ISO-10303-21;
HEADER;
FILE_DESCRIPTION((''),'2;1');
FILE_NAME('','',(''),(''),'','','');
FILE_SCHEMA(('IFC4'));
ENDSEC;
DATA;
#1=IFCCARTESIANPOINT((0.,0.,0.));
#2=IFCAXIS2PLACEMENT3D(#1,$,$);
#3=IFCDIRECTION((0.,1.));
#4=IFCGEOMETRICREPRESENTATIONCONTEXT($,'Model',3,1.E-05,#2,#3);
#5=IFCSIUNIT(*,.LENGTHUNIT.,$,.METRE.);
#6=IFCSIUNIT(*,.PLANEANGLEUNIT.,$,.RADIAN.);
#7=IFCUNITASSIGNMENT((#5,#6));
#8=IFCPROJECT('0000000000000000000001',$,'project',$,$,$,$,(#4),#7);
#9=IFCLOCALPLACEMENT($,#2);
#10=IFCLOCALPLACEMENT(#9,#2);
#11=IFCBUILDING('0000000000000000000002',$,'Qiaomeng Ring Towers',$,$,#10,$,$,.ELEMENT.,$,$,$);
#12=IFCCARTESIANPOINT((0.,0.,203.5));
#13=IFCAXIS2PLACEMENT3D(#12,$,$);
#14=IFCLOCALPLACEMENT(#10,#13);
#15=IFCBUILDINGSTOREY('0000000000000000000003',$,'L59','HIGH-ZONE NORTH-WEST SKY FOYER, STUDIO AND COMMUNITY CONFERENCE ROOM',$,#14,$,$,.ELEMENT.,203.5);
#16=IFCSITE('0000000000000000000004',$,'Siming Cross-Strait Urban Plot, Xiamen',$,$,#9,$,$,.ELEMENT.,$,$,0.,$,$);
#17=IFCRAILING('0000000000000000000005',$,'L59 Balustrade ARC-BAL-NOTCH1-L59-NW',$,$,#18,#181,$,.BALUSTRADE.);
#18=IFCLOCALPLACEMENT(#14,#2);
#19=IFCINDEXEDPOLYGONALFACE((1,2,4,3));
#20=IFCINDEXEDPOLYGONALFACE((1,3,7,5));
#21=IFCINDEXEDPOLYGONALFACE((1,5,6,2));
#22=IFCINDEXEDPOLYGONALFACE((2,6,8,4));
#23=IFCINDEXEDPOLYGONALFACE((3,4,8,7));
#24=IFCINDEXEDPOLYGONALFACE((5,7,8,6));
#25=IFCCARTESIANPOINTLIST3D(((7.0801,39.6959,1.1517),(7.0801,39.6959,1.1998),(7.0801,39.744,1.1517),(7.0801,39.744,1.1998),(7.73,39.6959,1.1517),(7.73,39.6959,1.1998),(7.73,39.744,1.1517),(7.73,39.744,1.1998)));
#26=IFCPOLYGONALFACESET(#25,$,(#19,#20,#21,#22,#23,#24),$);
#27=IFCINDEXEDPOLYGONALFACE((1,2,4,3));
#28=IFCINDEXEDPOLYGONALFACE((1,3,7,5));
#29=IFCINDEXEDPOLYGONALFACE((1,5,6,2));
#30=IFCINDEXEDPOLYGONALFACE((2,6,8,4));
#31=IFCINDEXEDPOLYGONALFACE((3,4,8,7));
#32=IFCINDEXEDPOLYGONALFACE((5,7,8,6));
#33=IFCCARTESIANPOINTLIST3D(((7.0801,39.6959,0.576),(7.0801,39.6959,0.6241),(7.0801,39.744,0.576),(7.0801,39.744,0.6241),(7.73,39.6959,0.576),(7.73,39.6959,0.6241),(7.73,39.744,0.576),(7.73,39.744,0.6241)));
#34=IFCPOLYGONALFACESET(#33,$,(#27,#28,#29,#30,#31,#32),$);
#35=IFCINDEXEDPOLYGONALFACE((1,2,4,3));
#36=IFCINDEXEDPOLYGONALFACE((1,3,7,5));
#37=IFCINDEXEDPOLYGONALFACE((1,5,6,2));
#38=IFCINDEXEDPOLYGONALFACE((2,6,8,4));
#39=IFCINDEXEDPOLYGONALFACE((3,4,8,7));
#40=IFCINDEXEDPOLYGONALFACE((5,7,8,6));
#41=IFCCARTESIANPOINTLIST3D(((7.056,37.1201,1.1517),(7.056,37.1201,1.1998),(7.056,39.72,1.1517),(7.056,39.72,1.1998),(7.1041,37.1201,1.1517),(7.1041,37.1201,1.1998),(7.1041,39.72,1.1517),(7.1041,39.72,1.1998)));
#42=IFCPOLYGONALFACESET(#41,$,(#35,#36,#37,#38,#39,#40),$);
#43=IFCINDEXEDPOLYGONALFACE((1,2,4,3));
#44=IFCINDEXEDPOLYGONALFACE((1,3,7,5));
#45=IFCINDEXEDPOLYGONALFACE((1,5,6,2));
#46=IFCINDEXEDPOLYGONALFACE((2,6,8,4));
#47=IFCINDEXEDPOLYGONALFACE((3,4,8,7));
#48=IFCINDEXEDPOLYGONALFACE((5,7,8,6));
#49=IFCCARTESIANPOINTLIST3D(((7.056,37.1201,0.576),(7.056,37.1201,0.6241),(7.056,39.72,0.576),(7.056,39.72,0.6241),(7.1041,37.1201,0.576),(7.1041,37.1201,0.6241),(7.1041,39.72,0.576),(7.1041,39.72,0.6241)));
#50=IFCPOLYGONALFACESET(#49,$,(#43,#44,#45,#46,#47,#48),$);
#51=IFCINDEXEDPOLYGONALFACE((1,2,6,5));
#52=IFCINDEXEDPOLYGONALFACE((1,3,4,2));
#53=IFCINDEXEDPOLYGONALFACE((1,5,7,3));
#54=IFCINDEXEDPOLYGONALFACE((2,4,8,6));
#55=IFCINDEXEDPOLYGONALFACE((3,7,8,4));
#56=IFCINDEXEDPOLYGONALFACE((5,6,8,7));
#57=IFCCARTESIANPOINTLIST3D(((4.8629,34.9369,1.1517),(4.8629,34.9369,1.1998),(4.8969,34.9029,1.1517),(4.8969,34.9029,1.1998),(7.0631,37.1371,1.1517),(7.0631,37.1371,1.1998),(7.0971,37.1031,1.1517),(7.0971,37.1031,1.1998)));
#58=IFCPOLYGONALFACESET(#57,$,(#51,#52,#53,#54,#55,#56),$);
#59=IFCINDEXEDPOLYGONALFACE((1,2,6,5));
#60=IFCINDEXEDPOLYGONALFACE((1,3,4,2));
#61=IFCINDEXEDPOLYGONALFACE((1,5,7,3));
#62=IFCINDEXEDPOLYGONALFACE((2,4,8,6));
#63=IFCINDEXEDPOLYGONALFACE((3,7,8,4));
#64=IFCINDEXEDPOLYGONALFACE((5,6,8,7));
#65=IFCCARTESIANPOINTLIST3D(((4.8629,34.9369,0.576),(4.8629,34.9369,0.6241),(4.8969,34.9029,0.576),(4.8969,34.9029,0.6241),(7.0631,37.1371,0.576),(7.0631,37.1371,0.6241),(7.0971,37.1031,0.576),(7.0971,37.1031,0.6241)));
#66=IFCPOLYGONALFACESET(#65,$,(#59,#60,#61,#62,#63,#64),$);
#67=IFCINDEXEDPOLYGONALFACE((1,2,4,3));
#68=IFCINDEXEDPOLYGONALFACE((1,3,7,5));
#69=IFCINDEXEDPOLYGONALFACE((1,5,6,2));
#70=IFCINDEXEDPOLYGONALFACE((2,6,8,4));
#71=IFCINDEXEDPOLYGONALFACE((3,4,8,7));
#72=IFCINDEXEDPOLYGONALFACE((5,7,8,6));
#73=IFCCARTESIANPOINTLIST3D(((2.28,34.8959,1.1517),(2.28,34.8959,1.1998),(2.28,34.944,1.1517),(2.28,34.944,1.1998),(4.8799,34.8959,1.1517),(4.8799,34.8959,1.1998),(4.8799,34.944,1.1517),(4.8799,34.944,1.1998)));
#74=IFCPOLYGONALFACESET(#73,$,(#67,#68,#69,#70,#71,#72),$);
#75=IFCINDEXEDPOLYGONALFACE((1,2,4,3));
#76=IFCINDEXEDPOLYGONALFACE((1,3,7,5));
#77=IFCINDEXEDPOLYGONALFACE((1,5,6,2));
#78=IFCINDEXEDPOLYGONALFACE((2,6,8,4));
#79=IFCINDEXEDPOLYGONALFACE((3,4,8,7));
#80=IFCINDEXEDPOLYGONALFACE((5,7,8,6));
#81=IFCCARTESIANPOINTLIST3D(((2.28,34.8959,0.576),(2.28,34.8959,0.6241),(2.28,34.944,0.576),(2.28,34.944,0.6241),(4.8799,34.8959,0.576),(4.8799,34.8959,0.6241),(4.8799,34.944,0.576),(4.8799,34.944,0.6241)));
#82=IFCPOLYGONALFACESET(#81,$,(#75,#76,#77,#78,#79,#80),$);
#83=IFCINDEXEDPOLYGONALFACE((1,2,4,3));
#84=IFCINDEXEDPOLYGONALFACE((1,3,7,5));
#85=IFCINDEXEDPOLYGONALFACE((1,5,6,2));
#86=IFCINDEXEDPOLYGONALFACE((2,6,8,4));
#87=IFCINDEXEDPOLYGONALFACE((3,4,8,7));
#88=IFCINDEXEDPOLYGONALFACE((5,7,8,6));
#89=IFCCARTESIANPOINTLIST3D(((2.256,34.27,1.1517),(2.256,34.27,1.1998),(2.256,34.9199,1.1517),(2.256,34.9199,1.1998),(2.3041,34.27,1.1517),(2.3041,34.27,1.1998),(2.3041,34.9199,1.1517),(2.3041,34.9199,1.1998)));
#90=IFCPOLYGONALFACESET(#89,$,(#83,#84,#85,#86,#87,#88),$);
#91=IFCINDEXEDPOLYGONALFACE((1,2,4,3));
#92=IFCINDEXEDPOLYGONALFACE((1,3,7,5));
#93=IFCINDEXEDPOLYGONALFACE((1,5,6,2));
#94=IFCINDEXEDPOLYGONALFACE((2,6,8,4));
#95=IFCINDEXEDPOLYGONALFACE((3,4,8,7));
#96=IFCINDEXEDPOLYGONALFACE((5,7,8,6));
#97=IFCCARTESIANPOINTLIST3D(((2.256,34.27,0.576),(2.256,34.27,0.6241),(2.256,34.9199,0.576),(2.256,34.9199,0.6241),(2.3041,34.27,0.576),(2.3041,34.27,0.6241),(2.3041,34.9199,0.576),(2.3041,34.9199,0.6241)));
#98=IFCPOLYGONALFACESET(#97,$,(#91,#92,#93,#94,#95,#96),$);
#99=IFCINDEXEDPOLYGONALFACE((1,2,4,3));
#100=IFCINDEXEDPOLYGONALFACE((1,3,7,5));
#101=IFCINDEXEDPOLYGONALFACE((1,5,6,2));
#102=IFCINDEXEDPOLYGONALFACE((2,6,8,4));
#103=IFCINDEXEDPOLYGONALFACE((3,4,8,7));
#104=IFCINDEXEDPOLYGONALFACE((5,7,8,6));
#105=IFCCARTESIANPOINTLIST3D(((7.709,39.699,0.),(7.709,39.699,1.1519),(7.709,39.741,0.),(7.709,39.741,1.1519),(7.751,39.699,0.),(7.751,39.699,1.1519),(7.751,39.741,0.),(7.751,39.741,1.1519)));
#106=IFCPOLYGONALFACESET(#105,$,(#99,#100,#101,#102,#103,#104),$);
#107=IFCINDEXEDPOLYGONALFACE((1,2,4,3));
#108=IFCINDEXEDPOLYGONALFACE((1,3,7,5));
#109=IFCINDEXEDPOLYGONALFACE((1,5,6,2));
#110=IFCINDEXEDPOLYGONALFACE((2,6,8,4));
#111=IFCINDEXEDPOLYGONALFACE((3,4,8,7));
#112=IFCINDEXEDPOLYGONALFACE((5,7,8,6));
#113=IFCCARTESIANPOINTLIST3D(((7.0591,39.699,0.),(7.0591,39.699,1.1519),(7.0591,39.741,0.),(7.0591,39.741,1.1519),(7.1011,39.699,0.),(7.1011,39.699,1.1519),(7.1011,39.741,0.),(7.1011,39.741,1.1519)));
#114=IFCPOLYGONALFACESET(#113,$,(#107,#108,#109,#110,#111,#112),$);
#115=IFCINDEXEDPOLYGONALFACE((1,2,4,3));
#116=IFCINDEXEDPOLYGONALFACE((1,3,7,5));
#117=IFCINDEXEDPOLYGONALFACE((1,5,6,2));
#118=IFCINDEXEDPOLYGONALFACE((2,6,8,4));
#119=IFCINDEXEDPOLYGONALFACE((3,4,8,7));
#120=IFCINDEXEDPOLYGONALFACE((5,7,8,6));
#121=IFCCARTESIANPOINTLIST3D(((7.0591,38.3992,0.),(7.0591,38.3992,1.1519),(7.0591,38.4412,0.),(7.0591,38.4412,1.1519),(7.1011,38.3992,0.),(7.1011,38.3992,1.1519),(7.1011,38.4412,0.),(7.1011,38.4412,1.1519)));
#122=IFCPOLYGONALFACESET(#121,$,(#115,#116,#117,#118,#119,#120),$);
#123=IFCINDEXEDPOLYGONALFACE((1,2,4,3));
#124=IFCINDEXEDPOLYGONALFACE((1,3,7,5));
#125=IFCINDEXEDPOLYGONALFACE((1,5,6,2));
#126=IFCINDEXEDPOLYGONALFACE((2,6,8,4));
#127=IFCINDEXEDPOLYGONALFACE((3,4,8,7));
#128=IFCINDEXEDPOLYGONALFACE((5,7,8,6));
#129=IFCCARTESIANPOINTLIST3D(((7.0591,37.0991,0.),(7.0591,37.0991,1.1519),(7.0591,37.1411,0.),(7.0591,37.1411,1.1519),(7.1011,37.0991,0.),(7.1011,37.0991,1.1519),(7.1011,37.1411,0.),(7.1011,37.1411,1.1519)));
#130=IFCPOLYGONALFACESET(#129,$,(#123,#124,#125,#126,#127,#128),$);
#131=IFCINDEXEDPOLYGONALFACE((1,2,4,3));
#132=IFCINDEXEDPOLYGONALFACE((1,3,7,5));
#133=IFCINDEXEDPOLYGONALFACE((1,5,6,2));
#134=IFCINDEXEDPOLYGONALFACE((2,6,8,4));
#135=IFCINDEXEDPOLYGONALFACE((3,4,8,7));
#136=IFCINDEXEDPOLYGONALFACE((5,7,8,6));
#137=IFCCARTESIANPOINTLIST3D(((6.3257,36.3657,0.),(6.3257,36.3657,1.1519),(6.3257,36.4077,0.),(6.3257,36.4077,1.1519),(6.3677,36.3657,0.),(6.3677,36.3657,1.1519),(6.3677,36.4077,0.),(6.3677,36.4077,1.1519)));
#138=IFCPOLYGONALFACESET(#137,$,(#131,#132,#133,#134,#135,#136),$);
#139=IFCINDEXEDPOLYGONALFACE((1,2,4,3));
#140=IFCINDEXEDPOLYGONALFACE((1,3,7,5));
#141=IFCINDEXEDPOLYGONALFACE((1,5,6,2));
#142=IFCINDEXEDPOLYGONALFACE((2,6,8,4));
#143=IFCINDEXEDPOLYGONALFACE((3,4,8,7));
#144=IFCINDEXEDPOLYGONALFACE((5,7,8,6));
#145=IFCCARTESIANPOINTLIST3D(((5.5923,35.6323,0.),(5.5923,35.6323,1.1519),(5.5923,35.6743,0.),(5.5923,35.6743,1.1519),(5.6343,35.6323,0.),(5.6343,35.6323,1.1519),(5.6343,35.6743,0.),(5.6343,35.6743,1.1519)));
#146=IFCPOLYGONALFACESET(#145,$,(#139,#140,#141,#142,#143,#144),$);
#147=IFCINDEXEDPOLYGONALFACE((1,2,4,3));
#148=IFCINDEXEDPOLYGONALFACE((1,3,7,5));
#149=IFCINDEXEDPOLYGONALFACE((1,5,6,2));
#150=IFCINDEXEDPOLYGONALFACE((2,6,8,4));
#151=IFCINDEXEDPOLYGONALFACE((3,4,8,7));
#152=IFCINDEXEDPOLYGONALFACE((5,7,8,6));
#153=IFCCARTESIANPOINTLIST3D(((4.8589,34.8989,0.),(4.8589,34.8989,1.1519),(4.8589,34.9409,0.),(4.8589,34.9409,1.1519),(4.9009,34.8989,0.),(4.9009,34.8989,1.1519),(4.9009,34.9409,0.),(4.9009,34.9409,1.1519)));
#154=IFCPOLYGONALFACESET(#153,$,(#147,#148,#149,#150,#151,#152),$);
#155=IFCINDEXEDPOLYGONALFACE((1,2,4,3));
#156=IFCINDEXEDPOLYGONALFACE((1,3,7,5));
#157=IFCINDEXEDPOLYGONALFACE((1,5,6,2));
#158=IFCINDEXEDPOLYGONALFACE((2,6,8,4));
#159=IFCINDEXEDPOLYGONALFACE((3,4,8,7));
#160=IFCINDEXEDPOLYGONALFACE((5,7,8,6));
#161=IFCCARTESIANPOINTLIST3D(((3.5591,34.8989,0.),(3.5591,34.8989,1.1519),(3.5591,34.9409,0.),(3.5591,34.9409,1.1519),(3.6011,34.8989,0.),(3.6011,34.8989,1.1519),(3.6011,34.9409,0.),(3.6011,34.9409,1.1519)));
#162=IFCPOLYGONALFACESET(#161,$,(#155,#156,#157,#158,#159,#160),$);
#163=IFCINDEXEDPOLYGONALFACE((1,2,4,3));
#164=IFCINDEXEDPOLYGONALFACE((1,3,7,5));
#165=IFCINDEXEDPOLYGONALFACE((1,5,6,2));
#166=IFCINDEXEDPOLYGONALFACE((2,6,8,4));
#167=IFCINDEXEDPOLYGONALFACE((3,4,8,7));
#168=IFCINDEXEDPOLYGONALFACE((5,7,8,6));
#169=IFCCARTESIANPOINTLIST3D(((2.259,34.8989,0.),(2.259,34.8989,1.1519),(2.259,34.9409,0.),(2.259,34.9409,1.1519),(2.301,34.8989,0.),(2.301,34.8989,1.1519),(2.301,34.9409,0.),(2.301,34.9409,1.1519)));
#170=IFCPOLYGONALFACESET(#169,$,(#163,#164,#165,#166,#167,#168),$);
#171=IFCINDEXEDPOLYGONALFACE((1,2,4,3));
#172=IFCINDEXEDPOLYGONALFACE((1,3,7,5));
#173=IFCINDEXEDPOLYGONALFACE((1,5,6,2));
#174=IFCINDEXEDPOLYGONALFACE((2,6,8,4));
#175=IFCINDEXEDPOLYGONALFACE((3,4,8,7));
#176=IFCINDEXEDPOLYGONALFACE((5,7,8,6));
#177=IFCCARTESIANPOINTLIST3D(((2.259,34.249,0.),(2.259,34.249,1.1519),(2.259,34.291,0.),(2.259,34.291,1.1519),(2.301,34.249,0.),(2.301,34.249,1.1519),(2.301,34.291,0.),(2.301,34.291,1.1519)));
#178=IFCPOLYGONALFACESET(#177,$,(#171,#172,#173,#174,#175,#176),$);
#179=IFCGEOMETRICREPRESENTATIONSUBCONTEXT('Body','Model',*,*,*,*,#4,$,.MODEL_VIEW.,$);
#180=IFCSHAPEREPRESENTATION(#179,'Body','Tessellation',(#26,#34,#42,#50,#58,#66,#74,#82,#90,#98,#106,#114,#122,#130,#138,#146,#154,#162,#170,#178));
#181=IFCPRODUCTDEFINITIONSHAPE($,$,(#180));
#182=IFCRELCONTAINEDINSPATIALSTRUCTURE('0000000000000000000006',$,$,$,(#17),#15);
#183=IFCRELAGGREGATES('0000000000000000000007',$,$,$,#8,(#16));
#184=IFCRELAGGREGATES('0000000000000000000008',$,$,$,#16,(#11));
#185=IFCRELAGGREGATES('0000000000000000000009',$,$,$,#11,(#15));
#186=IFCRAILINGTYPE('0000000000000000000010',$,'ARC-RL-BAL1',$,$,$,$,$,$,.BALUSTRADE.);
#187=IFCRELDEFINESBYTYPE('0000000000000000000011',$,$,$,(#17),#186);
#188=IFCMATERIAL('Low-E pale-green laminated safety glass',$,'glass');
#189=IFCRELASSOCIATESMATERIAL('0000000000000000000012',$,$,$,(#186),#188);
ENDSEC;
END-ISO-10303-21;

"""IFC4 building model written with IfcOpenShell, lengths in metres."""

from ifc_helpers import new_model, si_unit, direction, frame, origin, origin_2d, place, context, subcontext, project, spatial, rectangle, extrude, material, type_object, element, save


model = new_model("IFC4")

# Units and contexts
model_context = context("Model", 3, precision=1e-05, world=origin(), true_north=direction((0.0, 1.0)))
body_context = subcontext(model_context, "Body", "Model", "MODEL_VIEW")
ifc_project = project(units=[si_unit("LENGTHUNIT", "METRE"), si_unit("PLANEANGLEUNIT", "RADIAN")], contexts=[model_context])

# Site, building, storey
site_placement = place(None, origin())
site = spatial("IfcSite", under=ifc_project, at=site_placement, Name="Siming Cross-Strait Urban Plot, Xiamen", CompositionType="ELEMENT", RefElevation=0.0)
building_placement = place(site_placement, origin())
building = spatial("IfcBuilding", under=site, at=building_placement, Name="Qiaomeng Ring Towers", CompositionType="ELEMENT")
storey_placement = place(building_placement, frame((0.0, 0.0, 203.5)))
storey = spatial("IfcBuildingStorey", under=building, at=storey_placement, Name="L59", Description="HIGH-ZONE NORTH-WEST SKY FOYER, STUDIO AND COMMUNITY CONFERENCE ROOM", CompositionType="ELEMENT", Elevation=203.5)

# Railing
ifc_material_1 = material(Name="Low-E pale-green laminated safety glass", Category="glass")
railing_type = type_object("IfcRailingType", Name="ARC-RL-BAL1", PredefinedType="BALUSTRADE", material=ifc_material_1)
railing_placement = place(storey_placement, frame((7.73, 39.72, 0.0)))
element("IfcRailing", 1, at=railing_placement, inside=storey, type_object=railing_type, Name="L59 Balustrade ARC-BAL-NOTCH1-L59-NW", PredefinedType="BALUSTRADE", context=body_context, shape_type="SweptSolid", body=[
    extrude(rectangle(XDim=0.0481, YDim=0.0481, at=origin_2d()), frame((0.0, 0.0, 1.1758), z_axis=(-1.0, 0.0, 0.0), x_axis=(0.0, -1.0, 0.0)), (0.0, 0.0, 1.0), 0.6499),
    extrude(rectangle(XDim=0.0481, YDim=0.0481, at=origin_2d()), frame((0.0, 0.0, 0.6001), z_axis=(-1.0, 0.0, 0.0), x_axis=(0.0, -1.0, 0.0)), (0.0, 0.0, 1.0), 0.6499),
    extrude(rectangle(XDim=0.0481, YDim=0.0481, at=origin_2d()), frame((-0.6499, 0.0, 1.1758), z_axis=(0.0, -1.0, 0.0), x_axis=(1.0, 0.0, 0.0)), (0.0, 0.0, 1.0), 2.5999),
    extrude(rectangle(XDim=0.0481, YDim=0.0481, at=origin_2d()), frame((-0.6499, 0.0, 0.6001), z_axis=(0.0, -1.0, 0.0), x_axis=(1.0, 0.0, 0.0)), (0.0, 0.0, 1.0), 2.5999),
    extrude(rectangle(XDim=0.0481, YDim=0.0481, at=origin_2d()), frame((-0.6499, -2.5999, 1.1758), z_axis=(-0.707107, -0.707107, 0.0), x_axis=(0.707107, -0.707107, 0.0)), (0.0, 0.0, 1.0), 3.1116),
    extrude(rectangle(XDim=0.0481, YDim=0.0481, at=origin_2d()), frame((-0.6499, -2.5999, 0.6001), z_axis=(-0.707107, -0.707107, 0.0), x_axis=(0.707107, -0.707107, 0.0)), (0.0, 0.0, 1.0), 3.1116),
    extrude(rectangle(XDim=0.0481, YDim=0.0481, at=origin_2d()), frame((-2.8501, -4.8, 1.1758), z_axis=(-1.0, 0.0, 0.0), x_axis=(0.0, -1.0, 0.0)), (0.0, 0.0, 1.0), 2.5999),
    extrude(rectangle(XDim=0.0481, YDim=0.0481, at=origin_2d()), frame((-2.8501, -4.8, 0.6001), z_axis=(-1.0, 0.0, 0.0), x_axis=(0.0, -1.0, 0.0)), (0.0, 0.0, 1.0), 2.5999),
    extrude(rectangle(XDim=0.0481, YDim=0.0481, at=origin_2d()), frame((-5.45, -4.8, 1.1758), z_axis=(0.0, -1.0, 0.0), x_axis=(1.0, 0.0, 0.0)), (0.0, 0.0, 1.0), 0.6499),
    extrude(rectangle(XDim=0.0481, YDim=0.0481, at=origin_2d()), frame((-5.45, -4.8, 0.6001), z_axis=(0.0, -1.0, 0.0), x_axis=(1.0, 0.0, 0.0)), (0.0, 0.0, 1.0), 0.6499),
    extrude(rectangle(XDim=0.042, YDim=0.042, at=origin_2d()), origin(), (0.0, 0.0, 1.0), 1.1519),
    extrude(rectangle(XDim=0.042, YDim=0.042, at=origin_2d()), frame((-0.6499, 0.0, 0.0)), (0.0, 0.0, 1.0), 1.1519),
    extrude(rectangle(XDim=0.042, YDim=0.042, at=origin_2d()), frame((-0.6499, -1.2998, 0.0)), (0.0, 0.0, 1.0), 1.1519),
    extrude(rectangle(XDim=0.042, YDim=0.042, at=origin_2d()), frame((-0.6499, -2.5999, 0.0)), (0.0, 0.0, 1.0), 1.1519),
    extrude(rectangle(XDim=0.042, YDim=0.042, at=origin_2d()), frame((-1.3833, -3.3333, 0.0)), (0.0, 0.0, 1.0), 1.1519),
    extrude(rectangle(XDim=0.042, YDim=0.042, at=origin_2d()), frame((-2.1167, -4.0667, 0.0)), (0.0, 0.0, 1.0), 1.1519),
    extrude(rectangle(XDim=0.042, YDim=0.042, at=origin_2d()), frame((-2.8501, -4.8, 0.0)), (0.0, 0.0, 1.0), 1.1519),
    extrude(rectangle(XDim=0.042, YDim=0.042, at=origin_2d()), frame((-4.1499, -4.8, 0.0)), (0.0, 0.0, 1.0), 1.1519),
    extrude(rectangle(XDim=0.042, YDim=0.042, at=origin_2d()), frame((-5.45, -4.8, 0.0)), (0.0, 0.0, 1.0), 1.1519),
    extrude(rectangle(XDim=0.042, YDim=0.042, at=origin_2d()), frame((-5.45, -5.45, 0.0)), (0.0, 0.0, 1.0), 1.1519),
])

save(model, "model.ifc")
